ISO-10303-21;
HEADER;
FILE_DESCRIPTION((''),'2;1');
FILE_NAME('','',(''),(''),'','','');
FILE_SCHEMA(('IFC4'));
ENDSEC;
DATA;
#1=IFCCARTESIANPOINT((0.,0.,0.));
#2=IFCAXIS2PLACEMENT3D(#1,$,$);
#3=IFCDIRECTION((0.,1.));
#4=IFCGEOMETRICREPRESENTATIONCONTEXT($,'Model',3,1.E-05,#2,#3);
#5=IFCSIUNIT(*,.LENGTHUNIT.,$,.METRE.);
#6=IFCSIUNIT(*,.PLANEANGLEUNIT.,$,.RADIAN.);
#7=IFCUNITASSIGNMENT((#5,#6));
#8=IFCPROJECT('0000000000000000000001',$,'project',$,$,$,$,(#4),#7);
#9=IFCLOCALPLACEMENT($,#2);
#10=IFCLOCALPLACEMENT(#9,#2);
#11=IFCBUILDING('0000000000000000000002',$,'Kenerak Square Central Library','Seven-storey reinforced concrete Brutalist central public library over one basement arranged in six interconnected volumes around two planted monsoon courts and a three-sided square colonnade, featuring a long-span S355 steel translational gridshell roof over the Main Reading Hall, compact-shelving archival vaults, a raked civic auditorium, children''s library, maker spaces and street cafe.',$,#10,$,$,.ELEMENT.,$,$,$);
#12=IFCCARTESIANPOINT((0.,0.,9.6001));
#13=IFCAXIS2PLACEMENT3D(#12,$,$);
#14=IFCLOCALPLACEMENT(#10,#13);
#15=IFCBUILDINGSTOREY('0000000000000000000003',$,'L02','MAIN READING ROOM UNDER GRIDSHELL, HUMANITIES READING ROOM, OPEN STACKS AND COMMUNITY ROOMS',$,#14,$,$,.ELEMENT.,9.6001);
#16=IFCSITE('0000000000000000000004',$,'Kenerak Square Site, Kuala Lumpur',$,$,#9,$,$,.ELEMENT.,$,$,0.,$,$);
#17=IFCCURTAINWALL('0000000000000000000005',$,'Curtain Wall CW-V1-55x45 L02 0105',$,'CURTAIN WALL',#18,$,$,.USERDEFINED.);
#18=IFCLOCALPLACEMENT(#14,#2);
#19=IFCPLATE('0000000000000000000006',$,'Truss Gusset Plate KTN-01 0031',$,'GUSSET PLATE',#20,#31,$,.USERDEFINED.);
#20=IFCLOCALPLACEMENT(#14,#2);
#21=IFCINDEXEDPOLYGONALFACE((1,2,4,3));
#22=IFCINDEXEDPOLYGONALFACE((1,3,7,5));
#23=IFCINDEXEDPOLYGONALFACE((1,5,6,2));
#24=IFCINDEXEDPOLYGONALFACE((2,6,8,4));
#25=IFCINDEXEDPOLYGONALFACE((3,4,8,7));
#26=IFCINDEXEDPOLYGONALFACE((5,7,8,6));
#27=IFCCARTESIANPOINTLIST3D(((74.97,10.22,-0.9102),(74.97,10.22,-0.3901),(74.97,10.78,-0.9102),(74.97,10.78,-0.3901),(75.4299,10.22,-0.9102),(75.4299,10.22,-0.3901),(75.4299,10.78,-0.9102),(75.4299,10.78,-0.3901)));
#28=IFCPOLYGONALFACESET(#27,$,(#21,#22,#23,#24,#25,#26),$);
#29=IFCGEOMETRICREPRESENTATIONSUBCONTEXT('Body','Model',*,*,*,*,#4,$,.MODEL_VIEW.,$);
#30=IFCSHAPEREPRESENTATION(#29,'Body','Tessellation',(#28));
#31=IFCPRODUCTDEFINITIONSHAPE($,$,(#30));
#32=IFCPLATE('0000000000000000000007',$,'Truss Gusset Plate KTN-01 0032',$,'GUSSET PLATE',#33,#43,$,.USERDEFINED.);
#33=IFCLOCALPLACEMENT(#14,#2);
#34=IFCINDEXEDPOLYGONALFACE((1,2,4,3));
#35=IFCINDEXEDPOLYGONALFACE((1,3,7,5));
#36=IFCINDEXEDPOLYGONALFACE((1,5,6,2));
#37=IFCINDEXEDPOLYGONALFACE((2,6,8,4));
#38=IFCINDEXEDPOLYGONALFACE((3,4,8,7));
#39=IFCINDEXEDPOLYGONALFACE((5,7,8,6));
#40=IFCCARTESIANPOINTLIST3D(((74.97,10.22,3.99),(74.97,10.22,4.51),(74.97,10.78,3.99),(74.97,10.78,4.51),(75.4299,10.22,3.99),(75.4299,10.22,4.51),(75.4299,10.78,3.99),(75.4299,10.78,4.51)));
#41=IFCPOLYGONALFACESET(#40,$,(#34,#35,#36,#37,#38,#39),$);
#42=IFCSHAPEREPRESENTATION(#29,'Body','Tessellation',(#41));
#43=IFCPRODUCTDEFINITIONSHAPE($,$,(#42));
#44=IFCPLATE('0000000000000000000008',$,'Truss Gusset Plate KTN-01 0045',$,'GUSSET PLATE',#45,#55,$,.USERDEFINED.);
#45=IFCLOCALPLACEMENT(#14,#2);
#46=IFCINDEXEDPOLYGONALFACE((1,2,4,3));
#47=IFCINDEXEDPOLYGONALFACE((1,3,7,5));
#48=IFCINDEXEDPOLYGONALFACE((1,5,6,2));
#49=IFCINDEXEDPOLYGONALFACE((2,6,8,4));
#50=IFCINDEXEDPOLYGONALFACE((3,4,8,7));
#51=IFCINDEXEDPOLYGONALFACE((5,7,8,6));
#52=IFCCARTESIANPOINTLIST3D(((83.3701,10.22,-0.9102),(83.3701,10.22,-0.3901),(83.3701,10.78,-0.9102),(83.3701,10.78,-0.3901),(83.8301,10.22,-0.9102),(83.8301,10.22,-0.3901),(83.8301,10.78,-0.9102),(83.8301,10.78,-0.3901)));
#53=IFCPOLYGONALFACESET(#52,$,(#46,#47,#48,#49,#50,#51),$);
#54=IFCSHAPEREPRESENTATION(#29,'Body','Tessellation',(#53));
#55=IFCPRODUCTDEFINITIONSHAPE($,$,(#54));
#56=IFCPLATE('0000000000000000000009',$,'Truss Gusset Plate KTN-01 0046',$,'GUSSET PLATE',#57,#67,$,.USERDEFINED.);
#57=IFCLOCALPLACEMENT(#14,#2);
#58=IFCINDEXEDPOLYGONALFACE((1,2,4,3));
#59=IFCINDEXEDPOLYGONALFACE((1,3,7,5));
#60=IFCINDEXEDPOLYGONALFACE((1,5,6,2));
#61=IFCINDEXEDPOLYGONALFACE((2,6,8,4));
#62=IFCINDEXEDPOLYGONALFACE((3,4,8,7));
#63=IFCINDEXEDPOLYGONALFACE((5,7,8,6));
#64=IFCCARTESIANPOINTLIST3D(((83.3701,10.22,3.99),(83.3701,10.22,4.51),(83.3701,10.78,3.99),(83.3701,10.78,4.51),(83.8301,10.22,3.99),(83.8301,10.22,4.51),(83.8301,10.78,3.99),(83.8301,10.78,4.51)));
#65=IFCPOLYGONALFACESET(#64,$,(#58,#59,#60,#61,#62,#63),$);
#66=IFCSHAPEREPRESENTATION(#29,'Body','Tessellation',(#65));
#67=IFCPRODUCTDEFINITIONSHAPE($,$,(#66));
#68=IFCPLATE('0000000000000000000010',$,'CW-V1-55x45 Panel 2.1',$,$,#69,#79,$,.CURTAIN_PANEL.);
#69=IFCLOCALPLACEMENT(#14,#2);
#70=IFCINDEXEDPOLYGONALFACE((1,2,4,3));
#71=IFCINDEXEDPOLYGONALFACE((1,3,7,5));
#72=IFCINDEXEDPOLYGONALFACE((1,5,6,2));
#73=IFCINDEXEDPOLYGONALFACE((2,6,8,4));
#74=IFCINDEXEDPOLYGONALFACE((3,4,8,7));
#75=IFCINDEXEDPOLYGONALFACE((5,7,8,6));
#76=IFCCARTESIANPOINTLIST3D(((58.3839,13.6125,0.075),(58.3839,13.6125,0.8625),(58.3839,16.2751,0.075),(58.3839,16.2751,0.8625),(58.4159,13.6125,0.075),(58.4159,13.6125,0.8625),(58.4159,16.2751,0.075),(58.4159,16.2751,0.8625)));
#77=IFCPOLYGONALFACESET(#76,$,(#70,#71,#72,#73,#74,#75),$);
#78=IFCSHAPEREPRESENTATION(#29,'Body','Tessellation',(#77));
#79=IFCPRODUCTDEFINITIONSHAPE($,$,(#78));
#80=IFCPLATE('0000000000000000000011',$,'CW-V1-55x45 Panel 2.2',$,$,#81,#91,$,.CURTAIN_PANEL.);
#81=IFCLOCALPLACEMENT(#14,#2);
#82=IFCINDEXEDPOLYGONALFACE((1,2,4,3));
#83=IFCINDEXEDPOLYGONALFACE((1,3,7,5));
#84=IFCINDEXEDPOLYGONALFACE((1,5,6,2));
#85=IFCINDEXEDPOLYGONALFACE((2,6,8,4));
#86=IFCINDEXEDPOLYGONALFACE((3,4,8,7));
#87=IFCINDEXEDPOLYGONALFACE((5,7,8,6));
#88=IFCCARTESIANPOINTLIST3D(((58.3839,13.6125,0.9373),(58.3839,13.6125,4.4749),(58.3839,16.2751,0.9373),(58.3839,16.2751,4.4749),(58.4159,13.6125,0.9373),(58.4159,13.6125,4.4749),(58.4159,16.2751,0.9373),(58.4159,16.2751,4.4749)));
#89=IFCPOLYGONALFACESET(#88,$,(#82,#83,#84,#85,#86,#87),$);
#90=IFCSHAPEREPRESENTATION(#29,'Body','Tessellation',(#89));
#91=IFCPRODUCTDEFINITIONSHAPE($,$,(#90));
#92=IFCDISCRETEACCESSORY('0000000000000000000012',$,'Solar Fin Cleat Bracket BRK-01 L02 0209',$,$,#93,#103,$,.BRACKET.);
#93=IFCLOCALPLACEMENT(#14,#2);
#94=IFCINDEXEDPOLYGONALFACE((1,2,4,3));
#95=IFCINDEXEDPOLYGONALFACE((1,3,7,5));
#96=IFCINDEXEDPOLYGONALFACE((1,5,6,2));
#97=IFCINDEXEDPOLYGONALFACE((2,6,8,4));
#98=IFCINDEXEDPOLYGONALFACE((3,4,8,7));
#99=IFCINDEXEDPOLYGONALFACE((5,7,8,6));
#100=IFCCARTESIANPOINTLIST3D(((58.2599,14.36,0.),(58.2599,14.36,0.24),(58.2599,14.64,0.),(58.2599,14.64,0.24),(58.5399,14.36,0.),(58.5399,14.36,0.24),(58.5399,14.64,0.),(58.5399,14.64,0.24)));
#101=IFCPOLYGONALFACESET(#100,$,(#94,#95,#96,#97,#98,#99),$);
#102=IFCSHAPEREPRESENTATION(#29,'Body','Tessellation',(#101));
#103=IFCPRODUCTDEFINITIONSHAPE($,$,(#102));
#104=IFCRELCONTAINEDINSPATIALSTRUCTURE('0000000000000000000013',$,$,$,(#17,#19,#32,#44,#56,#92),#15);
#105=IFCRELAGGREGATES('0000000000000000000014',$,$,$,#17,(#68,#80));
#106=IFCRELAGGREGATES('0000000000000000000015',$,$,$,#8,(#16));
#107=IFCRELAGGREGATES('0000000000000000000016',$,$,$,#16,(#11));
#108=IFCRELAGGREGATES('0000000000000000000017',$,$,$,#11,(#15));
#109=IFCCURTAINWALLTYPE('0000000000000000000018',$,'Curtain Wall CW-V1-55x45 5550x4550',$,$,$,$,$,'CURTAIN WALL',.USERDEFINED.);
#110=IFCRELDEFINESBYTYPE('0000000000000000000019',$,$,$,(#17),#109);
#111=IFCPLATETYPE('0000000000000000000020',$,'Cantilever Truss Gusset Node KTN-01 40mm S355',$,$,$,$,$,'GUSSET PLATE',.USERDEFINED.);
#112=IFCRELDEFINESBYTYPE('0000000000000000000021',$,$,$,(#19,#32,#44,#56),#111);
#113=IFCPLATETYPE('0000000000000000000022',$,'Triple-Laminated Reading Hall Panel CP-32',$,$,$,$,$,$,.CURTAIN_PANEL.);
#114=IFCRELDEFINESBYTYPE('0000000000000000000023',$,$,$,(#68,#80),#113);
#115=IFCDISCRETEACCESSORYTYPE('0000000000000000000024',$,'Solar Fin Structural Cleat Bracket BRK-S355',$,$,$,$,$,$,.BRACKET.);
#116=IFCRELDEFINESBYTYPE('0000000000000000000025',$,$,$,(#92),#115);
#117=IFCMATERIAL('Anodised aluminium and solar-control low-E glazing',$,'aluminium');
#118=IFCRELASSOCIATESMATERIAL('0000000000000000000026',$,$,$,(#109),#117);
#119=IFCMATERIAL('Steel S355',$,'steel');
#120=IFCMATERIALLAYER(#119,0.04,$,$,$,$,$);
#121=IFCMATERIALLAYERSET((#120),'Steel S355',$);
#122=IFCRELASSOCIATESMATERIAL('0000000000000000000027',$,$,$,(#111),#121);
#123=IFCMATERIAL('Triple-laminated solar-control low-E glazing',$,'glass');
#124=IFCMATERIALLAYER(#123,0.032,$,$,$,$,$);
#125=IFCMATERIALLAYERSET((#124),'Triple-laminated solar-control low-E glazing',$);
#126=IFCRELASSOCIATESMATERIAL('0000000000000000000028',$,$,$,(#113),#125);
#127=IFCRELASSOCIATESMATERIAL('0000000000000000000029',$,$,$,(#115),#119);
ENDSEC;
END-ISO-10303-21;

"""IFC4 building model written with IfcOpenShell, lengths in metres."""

from ifc_helpers import new_model, si_unit, direction, frame, origin, origin_2d, place, context, subcontext, project, spatial, rectangle, extrude, material, layer, layer_set, type_object, element, aggregate, save


model = new_model("IFC4")

# Units and contexts
model_context = context("Model", 3, precision=1e-05, world=origin(), true_north=direction((0.0, 1.0)))
body_context = subcontext(model_context, "Body", "Model", "MODEL_VIEW")
ifc_project = project(units=[si_unit("LENGTHUNIT", "METRE"), si_unit("PLANEANGLEUNIT", "RADIAN")], contexts=[model_context])

# Site, building, storey
site_placement = place(None, origin())
site = spatial("IfcSite", under=ifc_project, at=site_placement, Name="Kenerak Square Site, Kuala Lumpur", CompositionType="ELEMENT", RefElevation=0.0)
building_placement = place(site_placement, origin())
building = spatial("IfcBuilding", under=site, at=building_placement, Name="Kenerak Square Central Library", Description="Seven-storey reinforced concrete Brutalist central public library over one basement arranged in six interconnected volumes around two planted monsoon courts and a three-sided square colonnade, featuring a long-span S355 steel translational gridshell roof over the Main Reading Hall, compact-shelving archival vaults, a raked civic auditorium, children's library, maker spaces and street cafe.", CompositionType="ELEMENT")
storey_placement = place(building_placement, frame((0.0, 0.0, 9.6001)))
storey = spatial("IfcBuildingStorey", under=building, at=storey_placement, Name="L02", Description="MAIN READING ROOM UNDER GRIDSHELL, HUMANITIES READING ROOM, OPEN STACKS AND COMMUNITY ROOMS", CompositionType="ELEMENT", Elevation=9.6001)

# Curtain wall
ifc_material_1 = material(Name="Anodised aluminium and solar-control low-E glazing", Category="aluminium")
curtain_wall_type = type_object("IfcCurtainWallType", Name="Curtain Wall CW-V1-55x45 5550x4550", ElementType="CURTAIN WALL", PredefinedType="USERDEFINED", material=ifc_material_1)
curtain_wall_placement = place(storey_placement, origin())
curtain_wall = element("IfcCurtainWall", 1, at=curtain_wall_placement, inside=storey, type_object=curtain_wall_type, Name="Curtain Wall CW-V1-55x45 L02 0105", ObjectType="CURTAIN WALL", PredefinedType="USERDEFINED")

# Shared definitions
ifc_material_2 = material(Name="Steel S355", Category="steel")

# Plates
ifc_layer_1 = layer(ifc_material_2, 0.04)
ifc_layer_set_1 = layer_set([ifc_layer_1], Name="Steel S355")
plate_type_1 = type_object("IfcPlateType", Name="Cantilever Truss Gusset Node KTN-01 40mm S355", ElementType="GUSSET PLATE", PredefinedType="USERDEFINED", material=ifc_layer_set_1)
for number, where, z_axis, x_axis, name in (
    (2, (75.2, 10.5, -0.9102), (0.0, 0.0, 1.0), (1.0, 0.0, 0.0), "Truss Gusset Plate KTN-01 0031"),
    (3, (75.2, 10.5, 3.99), (0.0, 0.0, 1.0), (1.0, 0.0, 0.0), "Truss Gusset Plate KTN-01 0032"),
    (4, (83.6001, 10.5, -0.9102), (0.0, 0.0, 1.0), (1.0, 0.0, 0.0), "Truss Gusset Plate KTN-01 0045"),
    (5, (83.6001, 10.5, 3.99), (0.0, 0.0, 1.0), (1.0, 0.0, 0.0), "Truss Gusset Plate KTN-01 0046"),
):
    element("IfcPlate", number, at=place(storey_placement, frame(where, z_axis=z_axis, x_axis=x_axis)), inside=storey, type_object=plate_type_1, Name=name, ObjectType="GUSSET PLATE", PredefinedType="USERDEFINED", context=body_context, shape_type="SweptSolid", body=[
        extrude(rectangle(XDim=0.46, YDim=0.5601, at=origin_2d()), origin(), (0.0, 0.0, 1.0), 0.52),
    ])

# Plates
ifc_material_3 = material(Name="Triple-laminated solar-control low-E glazing", Category="glass")
ifc_layer_2 = layer(ifc_material_3, 0.032)
ifc_layer_set_2 = layer_set([ifc_layer_2], Name="Triple-laminated solar-control low-E glazing")
plate_type_2 = type_object("IfcPlateType", Name="Triple-Laminated Reading Hall Panel CP-32", PredefinedType="CURTAIN_PANEL", material=ifc_layer_set_2)
plate_1_placement = place(storey_placement, frame((58.3999, 14.9438, 0.075), z_axis=(0.0, 0.0, 1.0), x_axis=(0.0, 1.0, 0.0)))
plate_1 = element("IfcPlate", 6, at=plate_1_placement, type_object=plate_type_2, Name="CW-V1-55x45 Panel 2.1", PredefinedType="CURTAIN_PANEL", context=body_context, shape_type="SweptSolid", body=[
    extrude(rectangle(XDim=2.6626, YDim=0.032, at=origin_2d()), origin(), (0.0, 0.0, 1.0), 0.7876),
])
plate_2_placement = place(storey_placement, frame((58.3999, 14.9438, 0.9373), z_axis=(0.0, 0.0, 1.0), x_axis=(0.0, 1.0, 0.0)))
plate_2 = element("IfcPlate", 7, at=plate_2_placement, type_object=plate_type_2, Name="CW-V1-55x45 Panel 2.2", PredefinedType="CURTAIN_PANEL", context=body_context, shape_type="SweptSolid", body=[
    extrude(rectangle(XDim=2.6626, YDim=0.032, at=origin_2d()), origin(), (0.0, 0.0, 1.0), 3.5376),
])
aggregate(curtain_wall, [plate_1, plate_2])

# Discrete accessory
discrete_accessory_type = type_object("IfcDiscreteAccessoryType", Name="Solar Fin Structural Cleat Bracket BRK-S355", PredefinedType="BRACKET", material=ifc_material_2)
discrete_accessory_placement = place(storey_placement, frame((58.3999, 14.5, 0.0), z_axis=(0.0, 0.0, 1.0), x_axis=(0.0, 1.0, 0.0)))
element("IfcDiscreteAccessory", 8, at=discrete_accessory_placement, inside=storey, type_object=discrete_accessory_type, Name="Solar Fin Cleat Bracket BRK-01 L02 0209", PredefinedType="BRACKET", context=body_context, shape_type="SweptSolid", body=[
    extrude(rectangle(XDim=0.28, YDim=0.28, at=origin_2d()), origin(), (0.0, 0.0, 1.0), 0.24),
])

save(model, "model.ifc")
